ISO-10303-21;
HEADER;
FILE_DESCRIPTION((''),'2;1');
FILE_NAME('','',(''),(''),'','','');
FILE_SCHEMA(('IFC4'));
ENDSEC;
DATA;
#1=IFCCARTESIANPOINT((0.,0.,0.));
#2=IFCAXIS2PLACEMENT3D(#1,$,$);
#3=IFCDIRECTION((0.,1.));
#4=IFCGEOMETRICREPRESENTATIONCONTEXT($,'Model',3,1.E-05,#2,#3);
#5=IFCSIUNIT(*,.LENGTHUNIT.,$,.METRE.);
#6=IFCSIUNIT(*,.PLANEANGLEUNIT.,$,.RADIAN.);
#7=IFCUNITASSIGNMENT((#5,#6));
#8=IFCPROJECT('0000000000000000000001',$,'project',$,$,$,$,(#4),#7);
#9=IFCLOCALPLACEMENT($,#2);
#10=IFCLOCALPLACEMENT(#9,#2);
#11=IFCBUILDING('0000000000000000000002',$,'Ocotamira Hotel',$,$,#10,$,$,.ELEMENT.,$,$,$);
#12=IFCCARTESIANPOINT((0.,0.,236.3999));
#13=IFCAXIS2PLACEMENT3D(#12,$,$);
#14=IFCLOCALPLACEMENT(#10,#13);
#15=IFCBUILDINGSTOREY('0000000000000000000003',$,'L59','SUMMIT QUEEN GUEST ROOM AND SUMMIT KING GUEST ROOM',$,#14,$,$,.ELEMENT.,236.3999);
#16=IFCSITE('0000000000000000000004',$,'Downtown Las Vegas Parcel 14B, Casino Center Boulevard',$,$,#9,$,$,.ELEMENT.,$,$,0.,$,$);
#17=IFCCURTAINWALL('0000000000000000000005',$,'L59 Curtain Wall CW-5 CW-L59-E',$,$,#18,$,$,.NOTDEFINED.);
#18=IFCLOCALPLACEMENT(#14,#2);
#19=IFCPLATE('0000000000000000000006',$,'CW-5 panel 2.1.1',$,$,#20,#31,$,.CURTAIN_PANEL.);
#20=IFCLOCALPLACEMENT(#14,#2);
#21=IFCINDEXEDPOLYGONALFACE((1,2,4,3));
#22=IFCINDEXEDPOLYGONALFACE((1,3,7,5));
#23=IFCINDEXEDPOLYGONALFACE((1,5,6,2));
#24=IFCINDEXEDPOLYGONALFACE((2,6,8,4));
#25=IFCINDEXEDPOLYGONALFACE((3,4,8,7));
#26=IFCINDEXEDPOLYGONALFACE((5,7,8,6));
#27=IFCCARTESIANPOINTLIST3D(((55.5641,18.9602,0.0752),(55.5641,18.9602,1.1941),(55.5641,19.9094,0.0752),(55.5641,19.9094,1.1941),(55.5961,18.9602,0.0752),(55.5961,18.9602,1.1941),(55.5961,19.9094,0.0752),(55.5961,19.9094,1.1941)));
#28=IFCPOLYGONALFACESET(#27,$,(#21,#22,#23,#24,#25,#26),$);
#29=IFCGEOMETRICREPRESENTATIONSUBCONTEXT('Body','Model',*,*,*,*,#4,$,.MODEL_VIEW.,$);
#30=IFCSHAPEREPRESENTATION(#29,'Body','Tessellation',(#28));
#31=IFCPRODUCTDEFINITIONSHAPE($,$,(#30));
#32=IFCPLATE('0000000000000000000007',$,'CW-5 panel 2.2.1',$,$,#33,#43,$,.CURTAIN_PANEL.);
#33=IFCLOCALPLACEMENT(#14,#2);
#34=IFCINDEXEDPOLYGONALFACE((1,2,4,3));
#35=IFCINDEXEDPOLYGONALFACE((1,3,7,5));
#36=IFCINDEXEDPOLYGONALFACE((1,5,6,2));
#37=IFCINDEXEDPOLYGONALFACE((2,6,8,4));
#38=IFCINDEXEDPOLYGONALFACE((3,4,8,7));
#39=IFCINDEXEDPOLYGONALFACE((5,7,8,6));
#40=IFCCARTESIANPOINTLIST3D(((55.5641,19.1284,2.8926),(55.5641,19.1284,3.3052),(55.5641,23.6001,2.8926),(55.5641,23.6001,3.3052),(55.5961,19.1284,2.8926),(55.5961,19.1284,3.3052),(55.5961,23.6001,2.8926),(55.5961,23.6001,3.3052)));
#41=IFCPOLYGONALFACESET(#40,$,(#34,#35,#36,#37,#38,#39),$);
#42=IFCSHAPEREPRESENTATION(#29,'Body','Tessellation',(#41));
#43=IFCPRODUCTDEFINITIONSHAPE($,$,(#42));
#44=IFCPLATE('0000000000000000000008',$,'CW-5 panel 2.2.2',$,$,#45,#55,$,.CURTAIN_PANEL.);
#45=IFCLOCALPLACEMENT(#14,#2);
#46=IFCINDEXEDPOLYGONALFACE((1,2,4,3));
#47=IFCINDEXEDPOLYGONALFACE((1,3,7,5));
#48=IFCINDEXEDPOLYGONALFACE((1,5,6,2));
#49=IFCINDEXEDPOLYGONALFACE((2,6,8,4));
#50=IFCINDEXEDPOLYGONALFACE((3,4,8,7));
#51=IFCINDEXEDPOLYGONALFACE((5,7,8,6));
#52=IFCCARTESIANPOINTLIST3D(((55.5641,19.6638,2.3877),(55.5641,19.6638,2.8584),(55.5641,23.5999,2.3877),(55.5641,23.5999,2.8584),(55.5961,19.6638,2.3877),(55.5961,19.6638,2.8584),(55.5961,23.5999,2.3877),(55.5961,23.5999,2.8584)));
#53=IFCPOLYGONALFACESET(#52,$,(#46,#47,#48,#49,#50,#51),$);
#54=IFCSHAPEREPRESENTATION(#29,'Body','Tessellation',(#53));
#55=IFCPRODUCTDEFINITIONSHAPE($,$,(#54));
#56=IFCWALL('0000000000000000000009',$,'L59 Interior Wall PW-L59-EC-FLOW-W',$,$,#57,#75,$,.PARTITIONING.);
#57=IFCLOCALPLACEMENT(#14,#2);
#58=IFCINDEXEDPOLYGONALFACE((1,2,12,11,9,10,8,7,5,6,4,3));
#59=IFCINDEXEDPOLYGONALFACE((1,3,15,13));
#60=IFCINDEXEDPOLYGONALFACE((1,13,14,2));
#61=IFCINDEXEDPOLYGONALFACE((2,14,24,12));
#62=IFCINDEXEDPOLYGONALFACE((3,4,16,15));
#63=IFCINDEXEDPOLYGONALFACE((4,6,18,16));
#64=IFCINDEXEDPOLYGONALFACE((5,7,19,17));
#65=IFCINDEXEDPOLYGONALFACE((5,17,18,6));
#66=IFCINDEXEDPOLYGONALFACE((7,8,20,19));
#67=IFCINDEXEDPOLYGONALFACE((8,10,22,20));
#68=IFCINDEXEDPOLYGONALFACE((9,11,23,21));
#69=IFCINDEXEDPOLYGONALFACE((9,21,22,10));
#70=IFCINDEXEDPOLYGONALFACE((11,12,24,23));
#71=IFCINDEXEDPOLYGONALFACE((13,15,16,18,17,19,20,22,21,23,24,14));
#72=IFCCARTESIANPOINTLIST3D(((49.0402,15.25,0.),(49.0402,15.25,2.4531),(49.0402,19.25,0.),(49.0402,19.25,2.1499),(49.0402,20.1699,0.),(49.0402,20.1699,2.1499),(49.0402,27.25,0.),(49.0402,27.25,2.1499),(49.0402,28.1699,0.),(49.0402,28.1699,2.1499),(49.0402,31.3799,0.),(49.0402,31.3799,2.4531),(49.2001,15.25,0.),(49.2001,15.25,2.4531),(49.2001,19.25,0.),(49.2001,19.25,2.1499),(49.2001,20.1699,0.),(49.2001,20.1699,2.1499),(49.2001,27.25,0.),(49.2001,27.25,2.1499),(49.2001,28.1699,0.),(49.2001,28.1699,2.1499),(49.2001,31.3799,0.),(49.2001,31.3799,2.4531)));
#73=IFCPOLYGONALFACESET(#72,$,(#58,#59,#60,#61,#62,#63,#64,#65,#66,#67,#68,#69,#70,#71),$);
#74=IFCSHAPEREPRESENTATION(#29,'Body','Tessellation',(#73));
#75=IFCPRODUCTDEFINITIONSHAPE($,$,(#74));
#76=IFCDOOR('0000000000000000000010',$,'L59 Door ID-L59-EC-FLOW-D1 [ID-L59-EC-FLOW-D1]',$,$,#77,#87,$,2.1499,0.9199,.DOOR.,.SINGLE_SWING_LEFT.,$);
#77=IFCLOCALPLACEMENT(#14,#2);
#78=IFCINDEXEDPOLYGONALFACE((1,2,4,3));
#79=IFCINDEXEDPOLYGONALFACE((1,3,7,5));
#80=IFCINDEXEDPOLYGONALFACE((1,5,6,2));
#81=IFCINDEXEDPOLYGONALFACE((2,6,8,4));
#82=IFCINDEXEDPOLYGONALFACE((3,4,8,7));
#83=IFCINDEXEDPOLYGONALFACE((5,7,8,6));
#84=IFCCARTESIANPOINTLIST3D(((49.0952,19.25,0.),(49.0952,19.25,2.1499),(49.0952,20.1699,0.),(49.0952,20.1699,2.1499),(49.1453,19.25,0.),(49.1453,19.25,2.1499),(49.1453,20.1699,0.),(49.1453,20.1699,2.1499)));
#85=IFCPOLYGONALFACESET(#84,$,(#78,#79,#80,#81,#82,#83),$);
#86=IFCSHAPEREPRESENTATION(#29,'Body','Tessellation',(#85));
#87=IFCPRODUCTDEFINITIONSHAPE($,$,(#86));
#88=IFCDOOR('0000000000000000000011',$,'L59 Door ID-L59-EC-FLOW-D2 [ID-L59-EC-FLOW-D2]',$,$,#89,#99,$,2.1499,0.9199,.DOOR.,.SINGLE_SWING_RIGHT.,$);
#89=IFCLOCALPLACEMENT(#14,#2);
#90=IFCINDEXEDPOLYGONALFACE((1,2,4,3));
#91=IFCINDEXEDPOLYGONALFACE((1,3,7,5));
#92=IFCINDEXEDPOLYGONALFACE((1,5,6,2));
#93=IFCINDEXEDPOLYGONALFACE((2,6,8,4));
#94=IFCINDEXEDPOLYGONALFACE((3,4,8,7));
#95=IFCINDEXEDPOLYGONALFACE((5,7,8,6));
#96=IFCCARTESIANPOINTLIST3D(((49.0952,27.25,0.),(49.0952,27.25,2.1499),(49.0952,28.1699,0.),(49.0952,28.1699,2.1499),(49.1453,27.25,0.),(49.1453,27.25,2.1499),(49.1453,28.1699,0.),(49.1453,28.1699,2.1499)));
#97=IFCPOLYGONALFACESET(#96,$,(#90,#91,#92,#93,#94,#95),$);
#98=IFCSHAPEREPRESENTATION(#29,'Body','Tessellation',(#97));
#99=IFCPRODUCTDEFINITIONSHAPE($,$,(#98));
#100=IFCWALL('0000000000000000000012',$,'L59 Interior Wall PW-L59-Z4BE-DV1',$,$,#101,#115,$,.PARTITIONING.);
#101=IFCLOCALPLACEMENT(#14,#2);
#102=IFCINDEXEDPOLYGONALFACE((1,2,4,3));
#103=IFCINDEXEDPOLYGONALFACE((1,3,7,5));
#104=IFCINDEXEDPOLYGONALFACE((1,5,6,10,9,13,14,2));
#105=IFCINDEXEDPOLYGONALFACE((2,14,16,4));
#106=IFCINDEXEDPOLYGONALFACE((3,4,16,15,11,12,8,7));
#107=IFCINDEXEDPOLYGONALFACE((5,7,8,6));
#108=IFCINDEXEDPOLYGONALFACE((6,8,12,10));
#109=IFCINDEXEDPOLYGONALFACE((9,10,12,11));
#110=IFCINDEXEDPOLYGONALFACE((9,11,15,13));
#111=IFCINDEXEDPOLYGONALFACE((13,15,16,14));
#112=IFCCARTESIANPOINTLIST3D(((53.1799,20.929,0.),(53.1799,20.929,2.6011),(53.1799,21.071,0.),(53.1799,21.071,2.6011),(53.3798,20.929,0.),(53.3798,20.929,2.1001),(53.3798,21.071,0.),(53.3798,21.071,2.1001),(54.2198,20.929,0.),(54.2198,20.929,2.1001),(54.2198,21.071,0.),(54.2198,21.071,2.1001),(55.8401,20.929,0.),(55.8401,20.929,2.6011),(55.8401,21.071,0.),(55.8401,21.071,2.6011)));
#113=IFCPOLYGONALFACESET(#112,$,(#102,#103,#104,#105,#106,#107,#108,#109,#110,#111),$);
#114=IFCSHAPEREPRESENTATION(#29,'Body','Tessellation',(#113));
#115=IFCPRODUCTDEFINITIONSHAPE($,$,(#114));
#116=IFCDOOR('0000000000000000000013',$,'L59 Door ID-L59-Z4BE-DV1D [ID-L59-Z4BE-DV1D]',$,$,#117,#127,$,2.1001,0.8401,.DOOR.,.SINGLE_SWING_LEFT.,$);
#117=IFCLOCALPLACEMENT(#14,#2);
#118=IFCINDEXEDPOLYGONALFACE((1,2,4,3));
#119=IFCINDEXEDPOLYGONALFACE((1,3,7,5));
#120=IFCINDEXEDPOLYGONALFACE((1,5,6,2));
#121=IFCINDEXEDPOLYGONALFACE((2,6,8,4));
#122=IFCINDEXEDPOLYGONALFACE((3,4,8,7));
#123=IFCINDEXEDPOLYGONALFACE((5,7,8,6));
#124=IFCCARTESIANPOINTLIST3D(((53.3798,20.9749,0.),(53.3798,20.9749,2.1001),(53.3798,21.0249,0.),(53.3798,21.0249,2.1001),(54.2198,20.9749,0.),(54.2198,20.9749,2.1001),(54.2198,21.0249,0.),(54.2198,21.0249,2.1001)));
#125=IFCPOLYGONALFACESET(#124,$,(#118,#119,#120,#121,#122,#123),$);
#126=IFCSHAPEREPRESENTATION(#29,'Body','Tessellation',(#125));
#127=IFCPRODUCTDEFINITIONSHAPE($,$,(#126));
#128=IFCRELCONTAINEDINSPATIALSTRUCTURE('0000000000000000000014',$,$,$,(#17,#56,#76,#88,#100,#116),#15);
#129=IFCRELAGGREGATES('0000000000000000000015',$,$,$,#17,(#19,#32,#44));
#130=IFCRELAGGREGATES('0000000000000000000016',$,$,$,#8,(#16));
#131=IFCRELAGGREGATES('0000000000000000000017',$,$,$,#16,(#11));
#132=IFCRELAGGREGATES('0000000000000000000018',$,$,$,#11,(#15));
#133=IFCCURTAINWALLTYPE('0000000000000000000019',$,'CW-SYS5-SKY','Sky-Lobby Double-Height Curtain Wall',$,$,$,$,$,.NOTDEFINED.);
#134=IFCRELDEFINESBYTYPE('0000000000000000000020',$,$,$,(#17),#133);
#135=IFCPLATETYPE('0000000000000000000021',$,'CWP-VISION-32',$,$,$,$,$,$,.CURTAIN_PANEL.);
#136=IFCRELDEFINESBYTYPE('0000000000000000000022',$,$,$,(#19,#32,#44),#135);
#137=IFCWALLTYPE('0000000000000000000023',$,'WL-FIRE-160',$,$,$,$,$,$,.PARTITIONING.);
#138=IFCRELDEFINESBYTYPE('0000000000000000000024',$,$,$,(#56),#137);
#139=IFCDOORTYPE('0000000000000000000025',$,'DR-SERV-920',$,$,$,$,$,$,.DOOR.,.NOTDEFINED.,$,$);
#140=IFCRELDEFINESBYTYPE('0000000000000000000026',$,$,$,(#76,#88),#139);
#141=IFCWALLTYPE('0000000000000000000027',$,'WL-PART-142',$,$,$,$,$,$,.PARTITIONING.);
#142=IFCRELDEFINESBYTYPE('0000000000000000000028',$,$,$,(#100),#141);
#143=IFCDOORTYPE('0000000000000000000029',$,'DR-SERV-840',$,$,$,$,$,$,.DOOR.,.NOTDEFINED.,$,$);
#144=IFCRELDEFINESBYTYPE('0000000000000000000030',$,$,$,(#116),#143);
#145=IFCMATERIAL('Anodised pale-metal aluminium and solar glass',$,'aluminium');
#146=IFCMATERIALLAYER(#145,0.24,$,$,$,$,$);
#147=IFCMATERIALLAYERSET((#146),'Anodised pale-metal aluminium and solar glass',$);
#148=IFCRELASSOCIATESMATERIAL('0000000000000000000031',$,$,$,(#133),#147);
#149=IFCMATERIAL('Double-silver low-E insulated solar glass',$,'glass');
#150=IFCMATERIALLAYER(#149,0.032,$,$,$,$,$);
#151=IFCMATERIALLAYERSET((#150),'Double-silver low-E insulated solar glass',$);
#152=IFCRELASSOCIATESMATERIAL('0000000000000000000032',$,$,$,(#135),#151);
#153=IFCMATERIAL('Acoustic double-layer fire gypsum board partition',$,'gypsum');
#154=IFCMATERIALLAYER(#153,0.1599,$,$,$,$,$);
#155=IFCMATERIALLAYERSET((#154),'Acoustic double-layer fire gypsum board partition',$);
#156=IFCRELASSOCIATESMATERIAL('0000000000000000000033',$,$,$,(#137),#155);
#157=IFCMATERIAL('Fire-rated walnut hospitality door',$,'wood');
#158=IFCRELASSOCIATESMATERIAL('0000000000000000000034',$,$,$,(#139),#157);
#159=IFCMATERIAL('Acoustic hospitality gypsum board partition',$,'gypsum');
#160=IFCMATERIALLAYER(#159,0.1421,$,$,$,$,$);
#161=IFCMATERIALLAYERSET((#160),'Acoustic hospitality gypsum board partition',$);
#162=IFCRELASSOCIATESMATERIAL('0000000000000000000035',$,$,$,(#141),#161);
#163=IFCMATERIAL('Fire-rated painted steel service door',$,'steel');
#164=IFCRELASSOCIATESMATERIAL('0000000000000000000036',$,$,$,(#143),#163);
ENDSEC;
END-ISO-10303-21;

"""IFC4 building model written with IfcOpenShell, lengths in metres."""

from ifc_helpers import new_model, si_unit, direction, frame, frame_2d, origin, origin_2d, place, context, subcontext, project, spatial, rectangle, extrude, source, transform, mapped, material, layer, layer_set, type_object, element, fill, aggregate, save


model = new_model("IFC4")

# Units and contexts
model_context = context("Model", 3, precision=1e-05, world=origin(), true_north=direction((0.0, 1.0)))
body_context = subcontext(model_context, "Body", "Model", "MODEL_VIEW")
ifc_project = project(units=[si_unit("LENGTHUNIT", "METRE"), si_unit("PLANEANGLEUNIT", "RADIAN")], contexts=[model_context])

# Site, building, storey
site_placement = place(None, origin())
site = spatial("IfcSite", under=ifc_project, at=site_placement, Name="Downtown Las Vegas Parcel 14B, Casino Center Boulevard", CompositionType="ELEMENT", RefElevation=0.0)
building_placement = place(site_placement, origin())
building = spatial("IfcBuilding", under=site, at=building_placement, Name="Ocotamira Hotel", CompositionType="ELEMENT")
storey_placement = place(building_placement, frame((0.0, 0.0, 236.3999)))
storey = spatial("IfcBuildingStorey", under=building, at=storey_placement, Name="L59", Description="SUMMIT QUEEN GUEST ROOM AND SUMMIT KING GUEST ROOM", CompositionType="ELEMENT", Elevation=236.3999)

# Curtain wall
ifc_material_1 = material(Name="Anodised pale-metal aluminium and solar glass", Category="aluminium")
ifc_layer_1 = layer(ifc_material_1, 0.24)
ifc_layer_set_1 = layer_set([ifc_layer_1], Name="Anodised pale-metal aluminium and solar glass")
curtain_wall_type = type_object("IfcCurtainWallType", Name="CW-SYS5-SKY", Description="Sky-Lobby Double-Height Curtain Wall", PredefinedType="NOTDEFINED", material=ifc_layer_set_1)
curtain_wall_placement = place(storey_placement, origin())
curtain_wall = element("IfcCurtainWall", 1, at=curtain_wall_placement, inside=storey, type_object=curtain_wall_type, Name="L59 Curtain Wall CW-5 CW-L59-E", PredefinedType="NOTDEFINED")

# Plates
ifc_material_2 = material(Name="Double-silver low-E insulated solar glass", Category="glass")
ifc_layer_2 = layer(ifc_material_2, 0.032)
ifc_layer_set_2 = layer_set([ifc_layer_2], Name="Double-silver low-E insulated solar glass")
plate_type_1 = type_object("IfcPlateType", Name="CWP-VISION-32", PredefinedType="CURTAIN_PANEL", material=ifc_layer_set_2)
shared_shape_1 = source(origin(), body_context, "Body", "SweptSolid", [
    extrude(rectangle(XDim=0.9492, YDim=0.032, at=origin_2d()), origin(), (0.0, 0.0, 1.0), 1.1189),
])
plate_1_placement = place(storey_placement, frame((55.5801, 19.4348, 0.0752), z_axis=(0.0, 0.0, 1.0), x_axis=(0.0, 1.0, 0.0)))
plate_1 = element("IfcPlate", 2, at=plate_1_placement, type_object=plate_type_1, Name="CW-5 panel 2.1.1", PredefinedType="CURTAIN_PANEL", context=body_context, shape_type="MappedRepresentation", body=[
    mapped(shared_shape_1, transform((0.0, 0.0, 0.0), scale=1.0)),
])
shared_shape_2 = source(origin(), body_context, "Body", "SweptSolid", [
    extrude(rectangle(XDim=4.4717, YDim=0.032, at=origin_2d()), origin(), (0.0, 0.0, 1.0), 0.4126),
])
plate_2_placement = place(storey_placement, frame((55.5801, 21.3643, 2.8926), z_axis=(0.0, 0.0, 1.0), x_axis=(0.0, 1.0, 0.0)))
plate_2 = element("IfcPlate", 3, at=plate_2_placement, type_object=plate_type_1, Name="CW-5 panel 2.2.1", PredefinedType="CURTAIN_PANEL", context=body_context, shape_type="MappedRepresentation", body=[
    mapped(shared_shape_2, transform((0.0, 0.0, 0.0), scale=1.0)),
])
shared_shape_3 = source(origin(), body_context, "Body", "SweptSolid", [
    extrude(rectangle(XDim=3.936, YDim=0.032, at=origin_2d()), origin(), (0.0, 0.0, 1.0), 0.4707),
])
plate_3_placement = place(storey_placement, frame((55.5801, 21.6318, 2.3877), z_axis=(0.0, 0.0, 1.0), x_axis=(0.0, 1.0, 0.0)))
plate_3 = element("IfcPlate", 4, at=plate_3_placement, type_object=plate_type_1, Name="CW-5 panel 2.2.2", PredefinedType="CURTAIN_PANEL", context=body_context, shape_type="MappedRepresentation", body=[
    mapped(shared_shape_3, transform((0.0, 0.0, 0.0), scale=1.0)),
])
aggregate(curtain_wall, [plate_1, plate_2, plate_3])

# Wall, openings, doors
ifc_material_3 = material(Name="Acoustic double-layer fire gypsum board partition", Category="gypsum")
ifc_layer_3 = layer(ifc_material_3, 0.1599)
ifc_layer_set_3 = layer_set([ifc_layer_3], Name="Acoustic double-layer fire gypsum board partition")
wall_type_1 = type_object("IfcWallType", Name="WL-FIRE-160", PredefinedType="PARTITIONING", material=ifc_layer_set_3)
wall_1_placement = place(storey_placement, frame((49.1201, 15.25, 0.0), z_axis=(0.0, 0.0, 1.0), x_axis=(0.0, 1.0, 0.0)))
wall_1 = element("IfcWall", 5, at=wall_1_placement, inside=storey, type_object=wall_type_1, Name="L59 Interior Wall PW-L59-EC-FLOW-W", PredefinedType="PARTITIONING", context=body_context, shape_type="SweptSolid", body=[
    extrude(rectangle(XDim=16.1299, YDim=0.1599, at=frame_2d((8.0649, 0.0))), origin(), (0.0, 0.0, 1.0), 2.4531),
])
opening_1_placement = place(wall_1_placement, frame((4.0, 0.0, 0.0)))
opening_1 = element("IfcOpeningElement", 6, at=opening_1_placement, cuts=wall_1, PredefinedType="OPENING", context=body_context, shape_type="SweptSolid", body=[
    extrude(rectangle(XDim=0.9199, YDim=2.1499, at=frame_2d((0.46, 1.075))), frame((0.0, 0.0898, 0.0), z_axis=(0.0, -1.0, 0.0), x_axis=(1.0, 0.0, 0.0)), (0.0, 0.0, 1.0), 0.1799),
])
opening_2_placement = place(wall_1_placement, frame((12.0, 0.0, 0.0)))
opening_2 = element("IfcOpeningElement", 7, at=opening_2_placement, cuts=wall_1, PredefinedType="OPENING", context=body_context, shape_type="SweptSolid", body=[
    extrude(rectangle(XDim=0.9199, YDim=2.1499, at=frame_2d((0.46, 1.075))), frame((0.0, 0.0898, 0.0), z_axis=(0.0, -1.0, 0.0), x_axis=(1.0, 0.0, 0.0)), (0.0, 0.0, 1.0), 0.1799),
])
ifc_material_4 = material(Name="Fire-rated walnut hospitality door", Category="wood")
door_type_1 = type_object("IfcDoorType", Name="DR-SERV-920", OperationType="NOTDEFINED", PredefinedType="DOOR", material=ifc_material_4)
shared_shape_4 = source(origin(), body_context, "Body", "SweptSolid", [
    extrude(rectangle(XDim=0.9199, YDim=2.1499, at=frame_2d((0.46, 1.075))), frame((0.0, 0.0249, 0.0), z_axis=(0.0, -1.0, 0.0), x_axis=(1.0, 0.0, 0.0)), (0.0, 0.0, 1.0), 0.05),
])
door_1_placement = place(opening_1_placement, origin())
door_1 = element("IfcDoor", 8, at=door_1_placement, inside=storey, type_object=door_type_1, Name="L59 Door ID-L59-EC-FLOW-D1 [ID-L59-EC-FLOW-D1]", OperationType="SINGLE_SWING_LEFT", OverallHeight=2.1499, OverallWidth=0.9199, PredefinedType="DOOR", context=body_context, shape_type="MappedRepresentation", body=[
    mapped(shared_shape_4, transform((0.0, 0.0, 0.0), scale=1.0)),
])
fill(opening_1, door_1)
door_2_placement = place(opening_2_placement, origin())
door_2 = element("IfcDoor", 9, at=door_2_placement, inside=storey, type_object=door_type_1, Name="L59 Door ID-L59-EC-FLOW-D2 [ID-L59-EC-FLOW-D2]", OperationType="SINGLE_SWING_RIGHT", OverallHeight=2.1499, OverallWidth=0.9199, PredefinedType="DOOR", context=body_context, shape_type="MappedRepresentation", body=[
    mapped(shared_shape_4, transform((0.0, 0.0, 0.0), scale=1.0)),
])
fill(opening_2, door_2)

# Wall, opening, door
ifc_material_5 = material(Name="Acoustic hospitality gypsum board partition", Category="gypsum")
ifc_layer_4 = layer(ifc_material_5, 0.1421)
ifc_layer_set_4 = layer_set([ifc_layer_4], Name="Acoustic hospitality gypsum board partition")
wall_type_2 = type_object("IfcWallType", Name="WL-PART-142", PredefinedType="PARTITIONING", material=ifc_layer_set_4)
wall_2_placement = place(storey_placement, frame((53.1799, 21.0, 0.0), z_axis=(0.0, 0.0, 1.0), x_axis=(1.0, 0.0, 0.0)))
wall_2 = element("IfcWall", 10, at=wall_2_placement, inside=storey, type_object=wall_type_2, Name="L59 Interior Wall PW-L59-Z4BE-DV1", PredefinedType="PARTITIONING", context=body_context, shape_type="SweptSolid", body=[
    extrude(rectangle(XDim=2.6602, YDim=0.1421, at=frame_2d((1.3301, 0.0))), origin(), (0.0, 0.0, 1.0), 2.6011),
])
opening_3_placement = place(wall_2_placement, frame((0.2, 0.0, 0.0)))
opening_3 = element("IfcOpeningElement", 11, at=opening_3_placement, cuts=wall_2, PredefinedType="OPENING", context=body_context, shape_type="SweptSolid", body=[
    extrude(rectangle(XDim=0.8401, YDim=2.1001, at=frame_2d((0.4199, 1.05))), frame((0.0, 0.0811, 0.0), z_axis=(0.0, -1.0, 0.0), x_axis=(1.0, 0.0, 0.0)), (0.0, 0.0, 1.0), 0.1621),
])
ifc_material_6 = material(Name="Fire-rated painted steel service door", Category="steel")
door_type_2 = type_object("IfcDoorType", Name="DR-SERV-840", OperationType="NOTDEFINED", PredefinedType="DOOR", material=ifc_material_6)
shared_shape_5 = source(origin(), body_context, "Body", "SweptSolid", [
    extrude(rectangle(XDim=0.8401, YDim=2.1001, at=frame_2d((0.4199, 1.05))), frame((0.0, 0.0249, 0.0), z_axis=(0.0, -1.0, 0.0), x_axis=(1.0, 0.0, 0.0)), (0.0, 0.0, 1.0), 0.05),
])
door_3_placement = place(opening_3_placement, origin())
door_3 = element("IfcDoor", 12, at=door_3_placement, inside=storey, type_object=door_type_2, Name="L59 Door ID-L59-Z4BE-DV1D [ID-L59-Z4BE-DV1D]", OperationType="SINGLE_SWING_LEFT", OverallHeight=2.1001, OverallWidth=0.8401, PredefinedType="DOOR", context=body_context, shape_type="MappedRepresentation", body=[
    mapped(shared_shape_5, transform((0.0, 0.0, 0.0), scale=1.0)),
])
fill(opening_3, door_3)

save(model, "model.ifc")
